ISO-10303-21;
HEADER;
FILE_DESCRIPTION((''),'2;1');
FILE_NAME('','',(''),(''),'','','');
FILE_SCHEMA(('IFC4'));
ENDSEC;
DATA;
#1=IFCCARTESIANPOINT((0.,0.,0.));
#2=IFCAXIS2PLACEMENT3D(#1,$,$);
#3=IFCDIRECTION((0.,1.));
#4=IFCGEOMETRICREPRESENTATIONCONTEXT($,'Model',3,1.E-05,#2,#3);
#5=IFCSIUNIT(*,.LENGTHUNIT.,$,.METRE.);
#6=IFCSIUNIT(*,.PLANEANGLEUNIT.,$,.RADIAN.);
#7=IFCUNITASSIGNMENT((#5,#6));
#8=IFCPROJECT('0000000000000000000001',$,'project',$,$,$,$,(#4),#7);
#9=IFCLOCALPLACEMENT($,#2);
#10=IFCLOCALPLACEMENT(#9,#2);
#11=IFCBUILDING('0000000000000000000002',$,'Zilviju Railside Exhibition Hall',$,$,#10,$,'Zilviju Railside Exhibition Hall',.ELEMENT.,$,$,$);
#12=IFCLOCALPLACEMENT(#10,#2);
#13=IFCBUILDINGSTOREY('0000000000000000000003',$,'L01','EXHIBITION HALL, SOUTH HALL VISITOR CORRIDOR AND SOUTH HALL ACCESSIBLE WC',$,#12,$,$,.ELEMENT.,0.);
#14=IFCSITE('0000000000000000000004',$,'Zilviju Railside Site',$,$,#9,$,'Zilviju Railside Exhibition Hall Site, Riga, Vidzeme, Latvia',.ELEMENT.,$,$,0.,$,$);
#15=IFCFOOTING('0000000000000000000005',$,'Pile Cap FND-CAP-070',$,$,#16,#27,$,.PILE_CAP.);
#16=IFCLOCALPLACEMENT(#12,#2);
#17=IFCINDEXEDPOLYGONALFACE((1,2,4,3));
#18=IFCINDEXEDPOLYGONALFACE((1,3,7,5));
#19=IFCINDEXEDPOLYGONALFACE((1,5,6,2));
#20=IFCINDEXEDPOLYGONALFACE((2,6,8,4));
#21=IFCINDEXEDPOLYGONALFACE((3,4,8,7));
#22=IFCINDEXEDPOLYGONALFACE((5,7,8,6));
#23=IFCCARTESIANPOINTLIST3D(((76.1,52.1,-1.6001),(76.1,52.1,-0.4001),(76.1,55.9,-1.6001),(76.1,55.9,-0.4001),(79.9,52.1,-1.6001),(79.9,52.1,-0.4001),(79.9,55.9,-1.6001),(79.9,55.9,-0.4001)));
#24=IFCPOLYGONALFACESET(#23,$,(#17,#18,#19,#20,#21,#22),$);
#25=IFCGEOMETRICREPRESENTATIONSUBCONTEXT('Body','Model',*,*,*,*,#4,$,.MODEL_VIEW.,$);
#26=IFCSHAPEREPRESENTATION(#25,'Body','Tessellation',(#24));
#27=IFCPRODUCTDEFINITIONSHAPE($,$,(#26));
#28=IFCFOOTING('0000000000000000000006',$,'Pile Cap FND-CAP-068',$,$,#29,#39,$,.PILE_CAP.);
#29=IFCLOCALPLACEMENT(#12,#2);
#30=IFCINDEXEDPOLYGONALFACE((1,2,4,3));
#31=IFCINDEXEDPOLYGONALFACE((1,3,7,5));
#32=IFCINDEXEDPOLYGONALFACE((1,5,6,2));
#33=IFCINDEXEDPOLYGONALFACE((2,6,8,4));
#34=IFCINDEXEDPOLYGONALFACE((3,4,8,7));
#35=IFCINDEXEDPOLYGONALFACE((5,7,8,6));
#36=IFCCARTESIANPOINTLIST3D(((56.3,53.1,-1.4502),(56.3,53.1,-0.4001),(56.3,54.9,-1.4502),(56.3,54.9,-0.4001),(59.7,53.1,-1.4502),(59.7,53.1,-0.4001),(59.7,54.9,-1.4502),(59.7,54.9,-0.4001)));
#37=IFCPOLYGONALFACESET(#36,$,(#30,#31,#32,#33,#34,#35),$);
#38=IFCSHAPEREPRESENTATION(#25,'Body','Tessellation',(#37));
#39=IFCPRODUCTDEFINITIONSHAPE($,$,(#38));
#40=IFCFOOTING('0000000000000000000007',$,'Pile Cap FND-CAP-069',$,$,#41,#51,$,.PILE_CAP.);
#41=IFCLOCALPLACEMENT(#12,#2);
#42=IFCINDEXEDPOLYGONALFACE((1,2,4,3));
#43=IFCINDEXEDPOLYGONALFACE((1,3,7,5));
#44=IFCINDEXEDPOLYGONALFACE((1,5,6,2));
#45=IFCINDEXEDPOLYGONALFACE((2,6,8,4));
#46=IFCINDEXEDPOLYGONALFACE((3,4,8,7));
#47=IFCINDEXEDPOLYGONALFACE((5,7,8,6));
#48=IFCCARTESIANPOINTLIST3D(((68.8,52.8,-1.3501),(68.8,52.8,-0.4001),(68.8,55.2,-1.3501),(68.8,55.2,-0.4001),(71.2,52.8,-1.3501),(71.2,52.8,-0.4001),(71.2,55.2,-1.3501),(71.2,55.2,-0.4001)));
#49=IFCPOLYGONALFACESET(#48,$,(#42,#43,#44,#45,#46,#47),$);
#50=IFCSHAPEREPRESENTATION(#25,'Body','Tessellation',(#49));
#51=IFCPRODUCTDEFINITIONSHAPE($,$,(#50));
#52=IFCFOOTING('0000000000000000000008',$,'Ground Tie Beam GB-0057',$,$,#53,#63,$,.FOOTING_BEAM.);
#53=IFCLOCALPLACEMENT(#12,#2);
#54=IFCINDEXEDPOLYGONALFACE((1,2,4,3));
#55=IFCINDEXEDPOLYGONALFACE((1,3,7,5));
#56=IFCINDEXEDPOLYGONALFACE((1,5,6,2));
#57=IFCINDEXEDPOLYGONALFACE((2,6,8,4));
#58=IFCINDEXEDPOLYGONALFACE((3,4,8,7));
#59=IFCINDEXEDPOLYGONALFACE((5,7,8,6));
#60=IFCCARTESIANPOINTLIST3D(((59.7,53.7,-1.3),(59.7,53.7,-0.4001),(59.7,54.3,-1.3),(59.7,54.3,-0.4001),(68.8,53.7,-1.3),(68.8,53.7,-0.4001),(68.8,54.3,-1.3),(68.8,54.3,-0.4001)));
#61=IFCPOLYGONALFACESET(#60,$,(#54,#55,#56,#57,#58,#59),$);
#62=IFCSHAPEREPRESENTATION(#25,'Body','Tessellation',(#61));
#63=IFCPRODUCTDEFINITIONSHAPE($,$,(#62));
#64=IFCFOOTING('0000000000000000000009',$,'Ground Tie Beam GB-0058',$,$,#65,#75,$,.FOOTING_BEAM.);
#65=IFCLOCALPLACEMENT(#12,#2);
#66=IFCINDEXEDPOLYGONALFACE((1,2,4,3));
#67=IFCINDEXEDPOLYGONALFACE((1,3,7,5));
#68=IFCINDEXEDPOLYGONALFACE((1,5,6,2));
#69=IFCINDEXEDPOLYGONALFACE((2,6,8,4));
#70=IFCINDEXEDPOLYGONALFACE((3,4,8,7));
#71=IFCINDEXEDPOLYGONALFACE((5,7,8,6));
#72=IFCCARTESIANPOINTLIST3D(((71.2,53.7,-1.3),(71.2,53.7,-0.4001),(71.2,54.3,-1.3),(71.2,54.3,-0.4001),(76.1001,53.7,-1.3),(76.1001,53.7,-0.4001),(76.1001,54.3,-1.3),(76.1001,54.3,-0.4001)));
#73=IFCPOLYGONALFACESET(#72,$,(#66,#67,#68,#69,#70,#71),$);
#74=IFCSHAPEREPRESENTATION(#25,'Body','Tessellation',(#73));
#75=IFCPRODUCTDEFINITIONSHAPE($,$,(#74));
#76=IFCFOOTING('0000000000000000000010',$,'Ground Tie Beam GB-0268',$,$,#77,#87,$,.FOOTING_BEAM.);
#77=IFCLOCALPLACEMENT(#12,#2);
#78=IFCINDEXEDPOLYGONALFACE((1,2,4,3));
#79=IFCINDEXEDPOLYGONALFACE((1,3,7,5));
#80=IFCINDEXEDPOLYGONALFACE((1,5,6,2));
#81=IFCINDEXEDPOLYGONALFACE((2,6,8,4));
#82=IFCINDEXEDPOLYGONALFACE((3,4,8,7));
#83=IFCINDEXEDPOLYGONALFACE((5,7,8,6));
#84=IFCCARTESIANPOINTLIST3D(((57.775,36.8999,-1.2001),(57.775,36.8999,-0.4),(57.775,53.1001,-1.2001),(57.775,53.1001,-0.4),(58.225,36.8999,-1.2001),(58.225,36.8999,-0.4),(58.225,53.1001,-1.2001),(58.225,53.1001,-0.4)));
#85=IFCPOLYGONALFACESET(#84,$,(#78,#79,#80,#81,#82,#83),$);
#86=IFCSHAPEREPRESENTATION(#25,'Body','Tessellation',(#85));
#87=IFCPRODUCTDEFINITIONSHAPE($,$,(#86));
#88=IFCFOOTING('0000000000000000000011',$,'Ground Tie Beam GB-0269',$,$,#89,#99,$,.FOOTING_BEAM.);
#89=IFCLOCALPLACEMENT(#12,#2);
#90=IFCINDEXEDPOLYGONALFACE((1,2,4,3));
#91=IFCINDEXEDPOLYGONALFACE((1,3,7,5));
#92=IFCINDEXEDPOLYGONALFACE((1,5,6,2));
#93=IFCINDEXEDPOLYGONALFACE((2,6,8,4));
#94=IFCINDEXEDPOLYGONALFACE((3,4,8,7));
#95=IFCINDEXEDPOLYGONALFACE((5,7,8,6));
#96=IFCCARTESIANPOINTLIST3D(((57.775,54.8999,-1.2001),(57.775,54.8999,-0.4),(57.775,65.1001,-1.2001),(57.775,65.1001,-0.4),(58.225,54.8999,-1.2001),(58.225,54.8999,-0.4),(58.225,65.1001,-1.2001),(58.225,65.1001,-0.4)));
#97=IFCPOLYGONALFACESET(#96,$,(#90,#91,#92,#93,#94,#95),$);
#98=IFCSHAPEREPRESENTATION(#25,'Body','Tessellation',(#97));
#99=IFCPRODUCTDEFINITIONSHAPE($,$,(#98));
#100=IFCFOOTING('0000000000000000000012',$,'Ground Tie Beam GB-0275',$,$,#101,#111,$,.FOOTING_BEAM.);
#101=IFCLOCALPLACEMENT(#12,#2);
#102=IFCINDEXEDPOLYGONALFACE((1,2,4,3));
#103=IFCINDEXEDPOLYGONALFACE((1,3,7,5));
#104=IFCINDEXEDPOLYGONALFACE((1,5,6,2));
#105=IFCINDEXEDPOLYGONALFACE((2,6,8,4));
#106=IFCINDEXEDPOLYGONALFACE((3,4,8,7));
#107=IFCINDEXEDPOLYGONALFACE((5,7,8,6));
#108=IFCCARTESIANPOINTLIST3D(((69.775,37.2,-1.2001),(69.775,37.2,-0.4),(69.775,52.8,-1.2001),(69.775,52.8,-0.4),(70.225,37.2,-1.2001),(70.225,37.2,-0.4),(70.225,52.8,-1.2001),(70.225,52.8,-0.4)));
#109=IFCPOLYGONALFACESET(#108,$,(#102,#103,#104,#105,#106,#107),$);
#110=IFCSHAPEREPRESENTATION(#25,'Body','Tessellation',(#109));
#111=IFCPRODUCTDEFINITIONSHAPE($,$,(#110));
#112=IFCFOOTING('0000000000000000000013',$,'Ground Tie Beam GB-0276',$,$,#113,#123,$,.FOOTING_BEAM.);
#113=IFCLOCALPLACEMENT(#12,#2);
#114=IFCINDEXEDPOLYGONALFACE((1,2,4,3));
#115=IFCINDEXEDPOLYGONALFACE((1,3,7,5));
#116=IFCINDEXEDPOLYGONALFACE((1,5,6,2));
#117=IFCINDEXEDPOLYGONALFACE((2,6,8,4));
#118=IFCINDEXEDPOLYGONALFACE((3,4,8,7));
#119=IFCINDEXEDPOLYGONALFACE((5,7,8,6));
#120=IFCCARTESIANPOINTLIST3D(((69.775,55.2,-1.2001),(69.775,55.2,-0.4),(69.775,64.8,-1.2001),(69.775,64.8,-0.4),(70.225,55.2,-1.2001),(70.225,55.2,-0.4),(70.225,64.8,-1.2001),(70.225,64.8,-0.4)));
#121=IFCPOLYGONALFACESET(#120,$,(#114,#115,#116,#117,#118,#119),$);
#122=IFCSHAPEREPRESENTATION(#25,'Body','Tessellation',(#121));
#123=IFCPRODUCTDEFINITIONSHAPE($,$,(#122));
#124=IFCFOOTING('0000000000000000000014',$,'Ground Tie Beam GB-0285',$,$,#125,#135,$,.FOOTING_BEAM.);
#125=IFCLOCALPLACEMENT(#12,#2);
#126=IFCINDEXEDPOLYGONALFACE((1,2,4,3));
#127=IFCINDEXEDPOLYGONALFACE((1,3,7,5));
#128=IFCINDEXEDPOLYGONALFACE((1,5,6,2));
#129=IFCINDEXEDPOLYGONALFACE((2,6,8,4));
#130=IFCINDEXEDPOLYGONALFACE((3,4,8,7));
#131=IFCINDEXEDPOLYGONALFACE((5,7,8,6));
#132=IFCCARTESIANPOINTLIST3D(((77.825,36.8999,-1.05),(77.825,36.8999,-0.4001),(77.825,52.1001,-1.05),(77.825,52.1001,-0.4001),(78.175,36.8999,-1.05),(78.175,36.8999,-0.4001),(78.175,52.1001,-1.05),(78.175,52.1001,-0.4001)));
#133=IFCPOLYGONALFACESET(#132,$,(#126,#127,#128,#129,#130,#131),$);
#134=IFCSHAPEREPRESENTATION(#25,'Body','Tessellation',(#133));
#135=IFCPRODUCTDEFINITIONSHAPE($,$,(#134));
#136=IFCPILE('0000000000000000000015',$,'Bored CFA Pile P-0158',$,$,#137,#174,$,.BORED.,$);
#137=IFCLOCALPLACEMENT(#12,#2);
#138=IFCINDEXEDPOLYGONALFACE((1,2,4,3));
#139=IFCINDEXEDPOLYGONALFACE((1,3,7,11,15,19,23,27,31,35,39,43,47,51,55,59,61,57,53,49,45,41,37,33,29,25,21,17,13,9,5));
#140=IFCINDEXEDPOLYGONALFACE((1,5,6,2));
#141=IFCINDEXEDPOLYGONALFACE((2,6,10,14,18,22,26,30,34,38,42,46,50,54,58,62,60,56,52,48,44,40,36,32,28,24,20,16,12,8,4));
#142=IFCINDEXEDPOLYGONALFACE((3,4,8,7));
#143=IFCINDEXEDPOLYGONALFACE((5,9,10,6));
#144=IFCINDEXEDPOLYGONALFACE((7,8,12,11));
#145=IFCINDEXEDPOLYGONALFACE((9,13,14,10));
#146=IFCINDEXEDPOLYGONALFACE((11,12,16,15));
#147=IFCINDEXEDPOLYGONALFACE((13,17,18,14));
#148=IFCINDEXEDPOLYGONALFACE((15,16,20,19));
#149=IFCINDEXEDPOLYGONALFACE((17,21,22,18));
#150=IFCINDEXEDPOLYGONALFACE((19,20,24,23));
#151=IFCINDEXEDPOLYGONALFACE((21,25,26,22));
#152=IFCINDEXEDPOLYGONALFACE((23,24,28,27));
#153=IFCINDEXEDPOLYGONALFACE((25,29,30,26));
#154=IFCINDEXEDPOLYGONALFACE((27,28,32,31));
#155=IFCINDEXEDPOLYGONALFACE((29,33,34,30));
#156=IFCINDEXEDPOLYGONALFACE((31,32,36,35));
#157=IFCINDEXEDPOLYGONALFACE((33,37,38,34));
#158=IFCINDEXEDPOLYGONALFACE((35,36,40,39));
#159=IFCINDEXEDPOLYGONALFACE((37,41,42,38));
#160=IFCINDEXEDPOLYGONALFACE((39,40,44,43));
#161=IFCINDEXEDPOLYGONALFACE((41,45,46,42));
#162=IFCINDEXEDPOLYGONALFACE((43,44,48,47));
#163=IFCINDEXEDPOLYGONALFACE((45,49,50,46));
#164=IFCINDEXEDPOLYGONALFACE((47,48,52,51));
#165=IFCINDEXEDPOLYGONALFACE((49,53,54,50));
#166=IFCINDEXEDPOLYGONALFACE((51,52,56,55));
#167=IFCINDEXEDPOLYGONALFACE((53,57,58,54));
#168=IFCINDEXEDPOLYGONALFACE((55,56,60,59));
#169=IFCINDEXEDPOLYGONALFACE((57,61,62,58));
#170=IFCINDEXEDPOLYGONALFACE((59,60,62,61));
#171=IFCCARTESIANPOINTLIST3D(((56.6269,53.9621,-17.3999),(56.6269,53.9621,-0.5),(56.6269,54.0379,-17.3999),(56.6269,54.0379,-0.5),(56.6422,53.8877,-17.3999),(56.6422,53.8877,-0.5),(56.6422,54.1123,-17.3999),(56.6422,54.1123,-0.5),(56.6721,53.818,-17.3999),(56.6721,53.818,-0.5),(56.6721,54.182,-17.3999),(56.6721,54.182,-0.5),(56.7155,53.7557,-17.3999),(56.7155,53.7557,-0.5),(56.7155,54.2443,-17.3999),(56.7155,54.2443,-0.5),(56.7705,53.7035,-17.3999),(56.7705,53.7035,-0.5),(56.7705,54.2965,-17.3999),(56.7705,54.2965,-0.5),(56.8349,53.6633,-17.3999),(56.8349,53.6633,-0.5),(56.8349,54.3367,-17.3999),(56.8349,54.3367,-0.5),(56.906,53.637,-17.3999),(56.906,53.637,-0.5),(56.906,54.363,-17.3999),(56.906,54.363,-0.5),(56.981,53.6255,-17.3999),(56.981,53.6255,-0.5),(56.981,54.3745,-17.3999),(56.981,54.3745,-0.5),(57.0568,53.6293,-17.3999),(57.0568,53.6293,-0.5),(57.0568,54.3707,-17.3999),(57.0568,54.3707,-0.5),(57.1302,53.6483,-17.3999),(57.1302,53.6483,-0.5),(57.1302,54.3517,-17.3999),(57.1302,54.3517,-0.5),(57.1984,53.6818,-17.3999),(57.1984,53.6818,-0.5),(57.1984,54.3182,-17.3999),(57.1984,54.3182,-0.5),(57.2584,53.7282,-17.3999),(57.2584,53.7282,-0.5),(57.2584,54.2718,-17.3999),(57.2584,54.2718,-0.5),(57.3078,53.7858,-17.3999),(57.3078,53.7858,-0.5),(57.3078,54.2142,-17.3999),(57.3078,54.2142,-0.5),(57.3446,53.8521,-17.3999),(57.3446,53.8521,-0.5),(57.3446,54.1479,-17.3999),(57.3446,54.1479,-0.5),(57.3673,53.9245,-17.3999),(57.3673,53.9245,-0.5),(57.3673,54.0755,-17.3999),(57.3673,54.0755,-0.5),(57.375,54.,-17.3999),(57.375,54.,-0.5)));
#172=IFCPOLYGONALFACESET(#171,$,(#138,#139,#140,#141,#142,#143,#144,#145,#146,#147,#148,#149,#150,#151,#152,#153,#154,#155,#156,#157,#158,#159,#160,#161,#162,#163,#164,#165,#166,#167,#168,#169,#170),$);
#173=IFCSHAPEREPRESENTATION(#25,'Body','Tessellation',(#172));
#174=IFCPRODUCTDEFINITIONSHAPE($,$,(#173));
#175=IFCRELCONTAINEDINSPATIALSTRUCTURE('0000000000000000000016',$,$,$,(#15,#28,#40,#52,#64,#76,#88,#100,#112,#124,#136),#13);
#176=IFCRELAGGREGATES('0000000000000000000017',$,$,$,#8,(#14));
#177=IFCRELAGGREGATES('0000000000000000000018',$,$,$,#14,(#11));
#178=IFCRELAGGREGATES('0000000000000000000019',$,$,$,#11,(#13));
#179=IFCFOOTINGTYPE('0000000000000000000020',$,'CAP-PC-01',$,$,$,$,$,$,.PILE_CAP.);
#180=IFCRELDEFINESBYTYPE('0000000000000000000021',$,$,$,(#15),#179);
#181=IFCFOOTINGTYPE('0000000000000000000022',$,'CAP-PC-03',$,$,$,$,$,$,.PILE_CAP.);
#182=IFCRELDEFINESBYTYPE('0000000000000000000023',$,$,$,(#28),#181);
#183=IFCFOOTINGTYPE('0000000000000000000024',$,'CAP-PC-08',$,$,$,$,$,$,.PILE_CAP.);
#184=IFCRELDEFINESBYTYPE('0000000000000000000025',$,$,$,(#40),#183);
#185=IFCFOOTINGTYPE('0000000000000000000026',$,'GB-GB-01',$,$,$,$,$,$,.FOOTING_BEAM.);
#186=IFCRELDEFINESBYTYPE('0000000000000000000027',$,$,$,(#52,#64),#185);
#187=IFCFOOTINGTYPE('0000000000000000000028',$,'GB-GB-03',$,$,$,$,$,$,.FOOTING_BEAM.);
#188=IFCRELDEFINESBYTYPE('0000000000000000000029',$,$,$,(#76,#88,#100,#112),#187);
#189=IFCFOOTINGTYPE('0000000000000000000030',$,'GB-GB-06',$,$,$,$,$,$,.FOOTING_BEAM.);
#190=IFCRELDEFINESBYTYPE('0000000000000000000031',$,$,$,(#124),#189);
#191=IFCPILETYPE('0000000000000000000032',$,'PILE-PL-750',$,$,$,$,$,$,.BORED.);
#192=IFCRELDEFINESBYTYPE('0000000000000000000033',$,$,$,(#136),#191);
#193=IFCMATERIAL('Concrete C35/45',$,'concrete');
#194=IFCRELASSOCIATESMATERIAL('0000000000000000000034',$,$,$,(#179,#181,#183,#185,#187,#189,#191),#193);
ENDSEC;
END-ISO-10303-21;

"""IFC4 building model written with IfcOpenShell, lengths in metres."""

from ifc_helpers import new_model, si_unit, direction, frame, origin, origin_2d, place, context, subcontext, project, spatial, rectangle, circle, extrude, material, material_profile, profile_set, type_object, element, save


model = new_model("IFC4")

# Units and contexts
model_context = context("Model", 3, precision=1e-05, world=origin(), true_north=direction((0.0, 1.0)))
body_context = subcontext(model_context, "Body", "Model", "MODEL_VIEW")
ifc_project = project(units=[si_unit("LENGTHUNIT", "METRE"), si_unit("PLANEANGLEUNIT", "RADIAN")], contexts=[model_context])

# Site, building, storey
site_placement = place(None, origin())
site = spatial("IfcSite", under=ifc_project, at=site_placement, Name="Zilviju Railside Site", LongName="Zilviju Railside Exhibition Hall Site, Riga, Vidzeme, Latvia", CompositionType="ELEMENT", RefElevation=0.0)
building_placement = place(site_placement, origin())
building = spatial("IfcBuilding", under=site, at=building_placement, Name="Zilviju Railside Exhibition Hall", LongName="Zilviju Railside Exhibition Hall", CompositionType="ELEMENT")
storey_placement = place(building_placement, origin())
storey = spatial("IfcBuildingStorey", under=building, at=storey_placement, Name="L01", Description="EXHIBITION HALL, SOUTH HALL VISITOR CORRIDOR AND SOUTH HALL ACCESSIBLE WC", CompositionType="ELEMENT", Elevation=0.0)

# Footings
ifc_material_1 = material(Name="Concrete C35/45", Category="concrete")
footing_type_1 = type_object("IfcFootingType", Name="CAP-PC-01", PredefinedType="PILE_CAP", material=ifc_material_1)
footing_1_placement = place(storey_placement, frame((78.0, 54.0, -1.6001), z_axis=(0.0, 0.0, 1.0), x_axis=(1.0, 0.0, 0.0)))
element("IfcFooting", 1, at=footing_1_placement, inside=storey, type_object=footing_type_1, Name="Pile Cap FND-CAP-070", PredefinedType="PILE_CAP", context=body_context, shape_type="SweptSolid", body=[
    extrude(rectangle(XDim=3.8, YDim=3.8, at=origin_2d()), origin(), (0.0, 0.0, 1.0), 1.2),
])
footing_type_2 = type_object("IfcFootingType", Name="CAP-PC-03", PredefinedType="PILE_CAP", material=ifc_material_1)
footing_2_placement = place(storey_placement, frame((58.0, 54.0, -1.4502), z_axis=(0.0, 0.0, 1.0), x_axis=(1.0, 0.0, 0.0)))
element("IfcFooting", 2, at=footing_2_placement, inside=storey, type_object=footing_type_2, Name="Pile Cap FND-CAP-068", PredefinedType="PILE_CAP", context=body_context, shape_type="SweptSolid", body=[
    extrude(rectangle(XDim=3.3999, YDim=1.8, at=origin_2d()), origin(), (0.0, 0.0, 1.0), 1.05),
])
footing_type_3 = type_object("IfcFootingType", Name="CAP-PC-08", PredefinedType="PILE_CAP", material=ifc_material_1)
footing_3_placement = place(storey_placement, frame((70.0, 54.0, -1.3501), z_axis=(0.0, 0.0, 1.0), x_axis=(1.0, 0.0, 0.0)))
element("IfcFooting", 3, at=footing_3_placement, inside=storey, type_object=footing_type_3, Name="Pile Cap FND-CAP-069", PredefinedType="PILE_CAP", context=body_context, shape_type="SweptSolid", body=[
    extrude(rectangle(XDim=2.3999, YDim=2.3999, at=origin_2d()), origin(), (0.0, 0.0, 1.0), 0.95),
])
ifc_material_profile_1 = material_profile(ifc_material_1, rectangle(XDim=0.6001, YDim=0.8999, at=origin_2d()), Name="TIE BEAM 600x900")
ifc_profile_set_1 = profile_set([ifc_material_profile_1], Name="Concrete C35/45")
footing_type_4 = type_object("IfcFootingType", Name="GB-GB-01", PredefinedType="FOOTING_BEAM", material=ifc_profile_set_1)
footing_4_placement = place(storey_placement, frame((59.7, 54.0, -0.8501), z_axis=(1.0, 0.0, 0.0), x_axis=(0.0, 1.0, 0.0)))
element("IfcFooting", 4, at=footing_4_placement, inside=storey, type_object=footing_type_4, Name="Ground Tie Beam GB-0057", PredefinedType="FOOTING_BEAM", context=body_context, shape_type="SweptSolid", body=[
    extrude(rectangle(XDim=0.6001, YDim=0.8999, at=origin_2d()), origin(), (0.0, 0.0, 1.0), 9.1001),
])
footing_5_placement = place(storey_placement, frame((71.2, 54.0, -0.8501), z_axis=(1.0, 0.0, 0.0), x_axis=(0.0, 1.0, 0.0)))
element("IfcFooting", 5, at=footing_5_placement, inside=storey, type_object=footing_type_4, Name="Ground Tie Beam GB-0058", PredefinedType="FOOTING_BEAM", context=body_context, shape_type="SweptSolid", body=[
    extrude(rectangle(XDim=0.6001, YDim=0.8999, at=origin_2d()), origin(), (0.0, 0.0, 1.0), 4.9001),
])
ifc_material_profile_2 = material_profile(ifc_material_1, rectangle(XDim=0.45, YDim=0.8, at=origin_2d()), Name="TIE BEAM 450x800")
ifc_profile_set_2 = profile_set([ifc_material_profile_2], Name="Concrete C35/45")
footing_type_5 = type_object("IfcFootingType", Name="GB-GB-03", PredefinedType="FOOTING_BEAM", material=ifc_profile_set_2)
footing_6_placement = place(storey_placement, frame((58.0, 36.8999, -0.8), z_axis=(0.0, 1.0, 0.0), x_axis=(-1.0, 0.0, 0.0)))
element("IfcFooting", 6, at=footing_6_placement, inside=storey, type_object=footing_type_5, Name="Ground Tie Beam GB-0268", PredefinedType="FOOTING_BEAM", context=body_context, shape_type="SweptSolid", body=[
    extrude(rectangle(XDim=0.45, YDim=0.8, at=origin_2d()), origin(), (0.0, 0.0, 1.0), 16.2002),
])
footing_7_placement = place(storey_placement, frame((58.0, 54.8999, -0.8), z_axis=(0.0, 1.0, 0.0), x_axis=(-1.0, 0.0, 0.0)))
element("IfcFooting", 7, at=footing_7_placement, inside=storey, type_object=footing_type_5, Name="Ground Tie Beam GB-0269", PredefinedType="FOOTING_BEAM", context=body_context, shape_type="SweptSolid", body=[
    extrude(rectangle(XDim=0.45, YDim=0.8, at=origin_2d()), origin(), (0.0, 0.0, 1.0), 10.2002),
])
footing_8_placement = place(storey_placement, frame((70.0, 37.2, -0.8), z_axis=(0.0, 1.0, 0.0), x_axis=(-1.0, 0.0, 0.0)))
element("IfcFooting", 8, at=footing_8_placement, inside=storey, type_object=footing_type_5, Name="Ground Tie Beam GB-0275", PredefinedType="FOOTING_BEAM", context=body_context, shape_type="SweptSolid", body=[
    extrude(rectangle(XDim=0.45, YDim=0.8, at=origin_2d()), origin(), (0.0, 0.0, 1.0), 15.6001),
])
footing_9_placement = place(storey_placement, frame((70.0, 55.2, -0.8), z_axis=(0.0, 1.0, 0.0), x_axis=(-1.0, 0.0, 0.0)))
element("IfcFooting", 9, at=footing_9_placement, inside=storey, type_object=footing_type_5, Name="Ground Tie Beam GB-0276", PredefinedType="FOOTING_BEAM", context=body_context, shape_type="SweptSolid", body=[
    extrude(rectangle(XDim=0.45, YDim=0.8, at=origin_2d()), origin(), (0.0, 0.0, 1.0), 9.6001),
])
ifc_material_profile_3 = material_profile(ifc_material_1, rectangle(XDim=0.3501, YDim=0.6499, at=origin_2d()), Name="TIE BEAM 350x650")
ifc_profile_set_3 = profile_set([ifc_material_profile_3], Name="Concrete C35/45")
footing_type_6 = type_object("IfcFootingType", Name="GB-GB-06", PredefinedType="FOOTING_BEAM", material=ifc_profile_set_3)
footing_10_placement = place(storey_placement, frame((78.0, 36.8999, -0.7251), z_axis=(0.0, 1.0, 0.0), x_axis=(-1.0, 0.0, 0.0)))
element("IfcFooting", 10, at=footing_10_placement, inside=storey, type_object=footing_type_6, Name="Ground Tie Beam GB-0285", PredefinedType="FOOTING_BEAM", context=body_context, shape_type="SweptSolid", body=[
    extrude(rectangle(XDim=0.3501, YDim=0.6499, at=origin_2d()), origin(), (0.0, 0.0, 1.0), 15.2002),
])

# Pile
ifc_material_profile_4 = material_profile(ifc_material_1, circle(Radius=0.375, at=origin_2d()), Name="CFA PILE D750")
ifc_profile_set_4 = profile_set([ifc_material_profile_4], Name="Concrete C35/45")
pile_type_1 = type_object("IfcPileType", Name="PILE-PL-750", PredefinedType="BORED", material=ifc_profile_set_4)
for number, where, z_axis, x_axis, name in (
    (11, (57.0, 54.0, -0.5), (0.0, 0.0, -1.0), (1.0, 0.0, 0.0), "Bored CFA Pile P-0158"),
):
    element("IfcPile", number, at=place(storey_placement, frame(where, z_axis=z_axis, x_axis=x_axis)), inside=storey, type_object=pile_type_1, Name=name, PredefinedType="BORED", context=body_context, shape_type="SweptSolid", body=[
        extrude(circle(Radius=0.375, at=origin_2d()), origin(), (0.0, 0.0, 1.0), 16.8999),
    ])

save(model, "model.ifc")
